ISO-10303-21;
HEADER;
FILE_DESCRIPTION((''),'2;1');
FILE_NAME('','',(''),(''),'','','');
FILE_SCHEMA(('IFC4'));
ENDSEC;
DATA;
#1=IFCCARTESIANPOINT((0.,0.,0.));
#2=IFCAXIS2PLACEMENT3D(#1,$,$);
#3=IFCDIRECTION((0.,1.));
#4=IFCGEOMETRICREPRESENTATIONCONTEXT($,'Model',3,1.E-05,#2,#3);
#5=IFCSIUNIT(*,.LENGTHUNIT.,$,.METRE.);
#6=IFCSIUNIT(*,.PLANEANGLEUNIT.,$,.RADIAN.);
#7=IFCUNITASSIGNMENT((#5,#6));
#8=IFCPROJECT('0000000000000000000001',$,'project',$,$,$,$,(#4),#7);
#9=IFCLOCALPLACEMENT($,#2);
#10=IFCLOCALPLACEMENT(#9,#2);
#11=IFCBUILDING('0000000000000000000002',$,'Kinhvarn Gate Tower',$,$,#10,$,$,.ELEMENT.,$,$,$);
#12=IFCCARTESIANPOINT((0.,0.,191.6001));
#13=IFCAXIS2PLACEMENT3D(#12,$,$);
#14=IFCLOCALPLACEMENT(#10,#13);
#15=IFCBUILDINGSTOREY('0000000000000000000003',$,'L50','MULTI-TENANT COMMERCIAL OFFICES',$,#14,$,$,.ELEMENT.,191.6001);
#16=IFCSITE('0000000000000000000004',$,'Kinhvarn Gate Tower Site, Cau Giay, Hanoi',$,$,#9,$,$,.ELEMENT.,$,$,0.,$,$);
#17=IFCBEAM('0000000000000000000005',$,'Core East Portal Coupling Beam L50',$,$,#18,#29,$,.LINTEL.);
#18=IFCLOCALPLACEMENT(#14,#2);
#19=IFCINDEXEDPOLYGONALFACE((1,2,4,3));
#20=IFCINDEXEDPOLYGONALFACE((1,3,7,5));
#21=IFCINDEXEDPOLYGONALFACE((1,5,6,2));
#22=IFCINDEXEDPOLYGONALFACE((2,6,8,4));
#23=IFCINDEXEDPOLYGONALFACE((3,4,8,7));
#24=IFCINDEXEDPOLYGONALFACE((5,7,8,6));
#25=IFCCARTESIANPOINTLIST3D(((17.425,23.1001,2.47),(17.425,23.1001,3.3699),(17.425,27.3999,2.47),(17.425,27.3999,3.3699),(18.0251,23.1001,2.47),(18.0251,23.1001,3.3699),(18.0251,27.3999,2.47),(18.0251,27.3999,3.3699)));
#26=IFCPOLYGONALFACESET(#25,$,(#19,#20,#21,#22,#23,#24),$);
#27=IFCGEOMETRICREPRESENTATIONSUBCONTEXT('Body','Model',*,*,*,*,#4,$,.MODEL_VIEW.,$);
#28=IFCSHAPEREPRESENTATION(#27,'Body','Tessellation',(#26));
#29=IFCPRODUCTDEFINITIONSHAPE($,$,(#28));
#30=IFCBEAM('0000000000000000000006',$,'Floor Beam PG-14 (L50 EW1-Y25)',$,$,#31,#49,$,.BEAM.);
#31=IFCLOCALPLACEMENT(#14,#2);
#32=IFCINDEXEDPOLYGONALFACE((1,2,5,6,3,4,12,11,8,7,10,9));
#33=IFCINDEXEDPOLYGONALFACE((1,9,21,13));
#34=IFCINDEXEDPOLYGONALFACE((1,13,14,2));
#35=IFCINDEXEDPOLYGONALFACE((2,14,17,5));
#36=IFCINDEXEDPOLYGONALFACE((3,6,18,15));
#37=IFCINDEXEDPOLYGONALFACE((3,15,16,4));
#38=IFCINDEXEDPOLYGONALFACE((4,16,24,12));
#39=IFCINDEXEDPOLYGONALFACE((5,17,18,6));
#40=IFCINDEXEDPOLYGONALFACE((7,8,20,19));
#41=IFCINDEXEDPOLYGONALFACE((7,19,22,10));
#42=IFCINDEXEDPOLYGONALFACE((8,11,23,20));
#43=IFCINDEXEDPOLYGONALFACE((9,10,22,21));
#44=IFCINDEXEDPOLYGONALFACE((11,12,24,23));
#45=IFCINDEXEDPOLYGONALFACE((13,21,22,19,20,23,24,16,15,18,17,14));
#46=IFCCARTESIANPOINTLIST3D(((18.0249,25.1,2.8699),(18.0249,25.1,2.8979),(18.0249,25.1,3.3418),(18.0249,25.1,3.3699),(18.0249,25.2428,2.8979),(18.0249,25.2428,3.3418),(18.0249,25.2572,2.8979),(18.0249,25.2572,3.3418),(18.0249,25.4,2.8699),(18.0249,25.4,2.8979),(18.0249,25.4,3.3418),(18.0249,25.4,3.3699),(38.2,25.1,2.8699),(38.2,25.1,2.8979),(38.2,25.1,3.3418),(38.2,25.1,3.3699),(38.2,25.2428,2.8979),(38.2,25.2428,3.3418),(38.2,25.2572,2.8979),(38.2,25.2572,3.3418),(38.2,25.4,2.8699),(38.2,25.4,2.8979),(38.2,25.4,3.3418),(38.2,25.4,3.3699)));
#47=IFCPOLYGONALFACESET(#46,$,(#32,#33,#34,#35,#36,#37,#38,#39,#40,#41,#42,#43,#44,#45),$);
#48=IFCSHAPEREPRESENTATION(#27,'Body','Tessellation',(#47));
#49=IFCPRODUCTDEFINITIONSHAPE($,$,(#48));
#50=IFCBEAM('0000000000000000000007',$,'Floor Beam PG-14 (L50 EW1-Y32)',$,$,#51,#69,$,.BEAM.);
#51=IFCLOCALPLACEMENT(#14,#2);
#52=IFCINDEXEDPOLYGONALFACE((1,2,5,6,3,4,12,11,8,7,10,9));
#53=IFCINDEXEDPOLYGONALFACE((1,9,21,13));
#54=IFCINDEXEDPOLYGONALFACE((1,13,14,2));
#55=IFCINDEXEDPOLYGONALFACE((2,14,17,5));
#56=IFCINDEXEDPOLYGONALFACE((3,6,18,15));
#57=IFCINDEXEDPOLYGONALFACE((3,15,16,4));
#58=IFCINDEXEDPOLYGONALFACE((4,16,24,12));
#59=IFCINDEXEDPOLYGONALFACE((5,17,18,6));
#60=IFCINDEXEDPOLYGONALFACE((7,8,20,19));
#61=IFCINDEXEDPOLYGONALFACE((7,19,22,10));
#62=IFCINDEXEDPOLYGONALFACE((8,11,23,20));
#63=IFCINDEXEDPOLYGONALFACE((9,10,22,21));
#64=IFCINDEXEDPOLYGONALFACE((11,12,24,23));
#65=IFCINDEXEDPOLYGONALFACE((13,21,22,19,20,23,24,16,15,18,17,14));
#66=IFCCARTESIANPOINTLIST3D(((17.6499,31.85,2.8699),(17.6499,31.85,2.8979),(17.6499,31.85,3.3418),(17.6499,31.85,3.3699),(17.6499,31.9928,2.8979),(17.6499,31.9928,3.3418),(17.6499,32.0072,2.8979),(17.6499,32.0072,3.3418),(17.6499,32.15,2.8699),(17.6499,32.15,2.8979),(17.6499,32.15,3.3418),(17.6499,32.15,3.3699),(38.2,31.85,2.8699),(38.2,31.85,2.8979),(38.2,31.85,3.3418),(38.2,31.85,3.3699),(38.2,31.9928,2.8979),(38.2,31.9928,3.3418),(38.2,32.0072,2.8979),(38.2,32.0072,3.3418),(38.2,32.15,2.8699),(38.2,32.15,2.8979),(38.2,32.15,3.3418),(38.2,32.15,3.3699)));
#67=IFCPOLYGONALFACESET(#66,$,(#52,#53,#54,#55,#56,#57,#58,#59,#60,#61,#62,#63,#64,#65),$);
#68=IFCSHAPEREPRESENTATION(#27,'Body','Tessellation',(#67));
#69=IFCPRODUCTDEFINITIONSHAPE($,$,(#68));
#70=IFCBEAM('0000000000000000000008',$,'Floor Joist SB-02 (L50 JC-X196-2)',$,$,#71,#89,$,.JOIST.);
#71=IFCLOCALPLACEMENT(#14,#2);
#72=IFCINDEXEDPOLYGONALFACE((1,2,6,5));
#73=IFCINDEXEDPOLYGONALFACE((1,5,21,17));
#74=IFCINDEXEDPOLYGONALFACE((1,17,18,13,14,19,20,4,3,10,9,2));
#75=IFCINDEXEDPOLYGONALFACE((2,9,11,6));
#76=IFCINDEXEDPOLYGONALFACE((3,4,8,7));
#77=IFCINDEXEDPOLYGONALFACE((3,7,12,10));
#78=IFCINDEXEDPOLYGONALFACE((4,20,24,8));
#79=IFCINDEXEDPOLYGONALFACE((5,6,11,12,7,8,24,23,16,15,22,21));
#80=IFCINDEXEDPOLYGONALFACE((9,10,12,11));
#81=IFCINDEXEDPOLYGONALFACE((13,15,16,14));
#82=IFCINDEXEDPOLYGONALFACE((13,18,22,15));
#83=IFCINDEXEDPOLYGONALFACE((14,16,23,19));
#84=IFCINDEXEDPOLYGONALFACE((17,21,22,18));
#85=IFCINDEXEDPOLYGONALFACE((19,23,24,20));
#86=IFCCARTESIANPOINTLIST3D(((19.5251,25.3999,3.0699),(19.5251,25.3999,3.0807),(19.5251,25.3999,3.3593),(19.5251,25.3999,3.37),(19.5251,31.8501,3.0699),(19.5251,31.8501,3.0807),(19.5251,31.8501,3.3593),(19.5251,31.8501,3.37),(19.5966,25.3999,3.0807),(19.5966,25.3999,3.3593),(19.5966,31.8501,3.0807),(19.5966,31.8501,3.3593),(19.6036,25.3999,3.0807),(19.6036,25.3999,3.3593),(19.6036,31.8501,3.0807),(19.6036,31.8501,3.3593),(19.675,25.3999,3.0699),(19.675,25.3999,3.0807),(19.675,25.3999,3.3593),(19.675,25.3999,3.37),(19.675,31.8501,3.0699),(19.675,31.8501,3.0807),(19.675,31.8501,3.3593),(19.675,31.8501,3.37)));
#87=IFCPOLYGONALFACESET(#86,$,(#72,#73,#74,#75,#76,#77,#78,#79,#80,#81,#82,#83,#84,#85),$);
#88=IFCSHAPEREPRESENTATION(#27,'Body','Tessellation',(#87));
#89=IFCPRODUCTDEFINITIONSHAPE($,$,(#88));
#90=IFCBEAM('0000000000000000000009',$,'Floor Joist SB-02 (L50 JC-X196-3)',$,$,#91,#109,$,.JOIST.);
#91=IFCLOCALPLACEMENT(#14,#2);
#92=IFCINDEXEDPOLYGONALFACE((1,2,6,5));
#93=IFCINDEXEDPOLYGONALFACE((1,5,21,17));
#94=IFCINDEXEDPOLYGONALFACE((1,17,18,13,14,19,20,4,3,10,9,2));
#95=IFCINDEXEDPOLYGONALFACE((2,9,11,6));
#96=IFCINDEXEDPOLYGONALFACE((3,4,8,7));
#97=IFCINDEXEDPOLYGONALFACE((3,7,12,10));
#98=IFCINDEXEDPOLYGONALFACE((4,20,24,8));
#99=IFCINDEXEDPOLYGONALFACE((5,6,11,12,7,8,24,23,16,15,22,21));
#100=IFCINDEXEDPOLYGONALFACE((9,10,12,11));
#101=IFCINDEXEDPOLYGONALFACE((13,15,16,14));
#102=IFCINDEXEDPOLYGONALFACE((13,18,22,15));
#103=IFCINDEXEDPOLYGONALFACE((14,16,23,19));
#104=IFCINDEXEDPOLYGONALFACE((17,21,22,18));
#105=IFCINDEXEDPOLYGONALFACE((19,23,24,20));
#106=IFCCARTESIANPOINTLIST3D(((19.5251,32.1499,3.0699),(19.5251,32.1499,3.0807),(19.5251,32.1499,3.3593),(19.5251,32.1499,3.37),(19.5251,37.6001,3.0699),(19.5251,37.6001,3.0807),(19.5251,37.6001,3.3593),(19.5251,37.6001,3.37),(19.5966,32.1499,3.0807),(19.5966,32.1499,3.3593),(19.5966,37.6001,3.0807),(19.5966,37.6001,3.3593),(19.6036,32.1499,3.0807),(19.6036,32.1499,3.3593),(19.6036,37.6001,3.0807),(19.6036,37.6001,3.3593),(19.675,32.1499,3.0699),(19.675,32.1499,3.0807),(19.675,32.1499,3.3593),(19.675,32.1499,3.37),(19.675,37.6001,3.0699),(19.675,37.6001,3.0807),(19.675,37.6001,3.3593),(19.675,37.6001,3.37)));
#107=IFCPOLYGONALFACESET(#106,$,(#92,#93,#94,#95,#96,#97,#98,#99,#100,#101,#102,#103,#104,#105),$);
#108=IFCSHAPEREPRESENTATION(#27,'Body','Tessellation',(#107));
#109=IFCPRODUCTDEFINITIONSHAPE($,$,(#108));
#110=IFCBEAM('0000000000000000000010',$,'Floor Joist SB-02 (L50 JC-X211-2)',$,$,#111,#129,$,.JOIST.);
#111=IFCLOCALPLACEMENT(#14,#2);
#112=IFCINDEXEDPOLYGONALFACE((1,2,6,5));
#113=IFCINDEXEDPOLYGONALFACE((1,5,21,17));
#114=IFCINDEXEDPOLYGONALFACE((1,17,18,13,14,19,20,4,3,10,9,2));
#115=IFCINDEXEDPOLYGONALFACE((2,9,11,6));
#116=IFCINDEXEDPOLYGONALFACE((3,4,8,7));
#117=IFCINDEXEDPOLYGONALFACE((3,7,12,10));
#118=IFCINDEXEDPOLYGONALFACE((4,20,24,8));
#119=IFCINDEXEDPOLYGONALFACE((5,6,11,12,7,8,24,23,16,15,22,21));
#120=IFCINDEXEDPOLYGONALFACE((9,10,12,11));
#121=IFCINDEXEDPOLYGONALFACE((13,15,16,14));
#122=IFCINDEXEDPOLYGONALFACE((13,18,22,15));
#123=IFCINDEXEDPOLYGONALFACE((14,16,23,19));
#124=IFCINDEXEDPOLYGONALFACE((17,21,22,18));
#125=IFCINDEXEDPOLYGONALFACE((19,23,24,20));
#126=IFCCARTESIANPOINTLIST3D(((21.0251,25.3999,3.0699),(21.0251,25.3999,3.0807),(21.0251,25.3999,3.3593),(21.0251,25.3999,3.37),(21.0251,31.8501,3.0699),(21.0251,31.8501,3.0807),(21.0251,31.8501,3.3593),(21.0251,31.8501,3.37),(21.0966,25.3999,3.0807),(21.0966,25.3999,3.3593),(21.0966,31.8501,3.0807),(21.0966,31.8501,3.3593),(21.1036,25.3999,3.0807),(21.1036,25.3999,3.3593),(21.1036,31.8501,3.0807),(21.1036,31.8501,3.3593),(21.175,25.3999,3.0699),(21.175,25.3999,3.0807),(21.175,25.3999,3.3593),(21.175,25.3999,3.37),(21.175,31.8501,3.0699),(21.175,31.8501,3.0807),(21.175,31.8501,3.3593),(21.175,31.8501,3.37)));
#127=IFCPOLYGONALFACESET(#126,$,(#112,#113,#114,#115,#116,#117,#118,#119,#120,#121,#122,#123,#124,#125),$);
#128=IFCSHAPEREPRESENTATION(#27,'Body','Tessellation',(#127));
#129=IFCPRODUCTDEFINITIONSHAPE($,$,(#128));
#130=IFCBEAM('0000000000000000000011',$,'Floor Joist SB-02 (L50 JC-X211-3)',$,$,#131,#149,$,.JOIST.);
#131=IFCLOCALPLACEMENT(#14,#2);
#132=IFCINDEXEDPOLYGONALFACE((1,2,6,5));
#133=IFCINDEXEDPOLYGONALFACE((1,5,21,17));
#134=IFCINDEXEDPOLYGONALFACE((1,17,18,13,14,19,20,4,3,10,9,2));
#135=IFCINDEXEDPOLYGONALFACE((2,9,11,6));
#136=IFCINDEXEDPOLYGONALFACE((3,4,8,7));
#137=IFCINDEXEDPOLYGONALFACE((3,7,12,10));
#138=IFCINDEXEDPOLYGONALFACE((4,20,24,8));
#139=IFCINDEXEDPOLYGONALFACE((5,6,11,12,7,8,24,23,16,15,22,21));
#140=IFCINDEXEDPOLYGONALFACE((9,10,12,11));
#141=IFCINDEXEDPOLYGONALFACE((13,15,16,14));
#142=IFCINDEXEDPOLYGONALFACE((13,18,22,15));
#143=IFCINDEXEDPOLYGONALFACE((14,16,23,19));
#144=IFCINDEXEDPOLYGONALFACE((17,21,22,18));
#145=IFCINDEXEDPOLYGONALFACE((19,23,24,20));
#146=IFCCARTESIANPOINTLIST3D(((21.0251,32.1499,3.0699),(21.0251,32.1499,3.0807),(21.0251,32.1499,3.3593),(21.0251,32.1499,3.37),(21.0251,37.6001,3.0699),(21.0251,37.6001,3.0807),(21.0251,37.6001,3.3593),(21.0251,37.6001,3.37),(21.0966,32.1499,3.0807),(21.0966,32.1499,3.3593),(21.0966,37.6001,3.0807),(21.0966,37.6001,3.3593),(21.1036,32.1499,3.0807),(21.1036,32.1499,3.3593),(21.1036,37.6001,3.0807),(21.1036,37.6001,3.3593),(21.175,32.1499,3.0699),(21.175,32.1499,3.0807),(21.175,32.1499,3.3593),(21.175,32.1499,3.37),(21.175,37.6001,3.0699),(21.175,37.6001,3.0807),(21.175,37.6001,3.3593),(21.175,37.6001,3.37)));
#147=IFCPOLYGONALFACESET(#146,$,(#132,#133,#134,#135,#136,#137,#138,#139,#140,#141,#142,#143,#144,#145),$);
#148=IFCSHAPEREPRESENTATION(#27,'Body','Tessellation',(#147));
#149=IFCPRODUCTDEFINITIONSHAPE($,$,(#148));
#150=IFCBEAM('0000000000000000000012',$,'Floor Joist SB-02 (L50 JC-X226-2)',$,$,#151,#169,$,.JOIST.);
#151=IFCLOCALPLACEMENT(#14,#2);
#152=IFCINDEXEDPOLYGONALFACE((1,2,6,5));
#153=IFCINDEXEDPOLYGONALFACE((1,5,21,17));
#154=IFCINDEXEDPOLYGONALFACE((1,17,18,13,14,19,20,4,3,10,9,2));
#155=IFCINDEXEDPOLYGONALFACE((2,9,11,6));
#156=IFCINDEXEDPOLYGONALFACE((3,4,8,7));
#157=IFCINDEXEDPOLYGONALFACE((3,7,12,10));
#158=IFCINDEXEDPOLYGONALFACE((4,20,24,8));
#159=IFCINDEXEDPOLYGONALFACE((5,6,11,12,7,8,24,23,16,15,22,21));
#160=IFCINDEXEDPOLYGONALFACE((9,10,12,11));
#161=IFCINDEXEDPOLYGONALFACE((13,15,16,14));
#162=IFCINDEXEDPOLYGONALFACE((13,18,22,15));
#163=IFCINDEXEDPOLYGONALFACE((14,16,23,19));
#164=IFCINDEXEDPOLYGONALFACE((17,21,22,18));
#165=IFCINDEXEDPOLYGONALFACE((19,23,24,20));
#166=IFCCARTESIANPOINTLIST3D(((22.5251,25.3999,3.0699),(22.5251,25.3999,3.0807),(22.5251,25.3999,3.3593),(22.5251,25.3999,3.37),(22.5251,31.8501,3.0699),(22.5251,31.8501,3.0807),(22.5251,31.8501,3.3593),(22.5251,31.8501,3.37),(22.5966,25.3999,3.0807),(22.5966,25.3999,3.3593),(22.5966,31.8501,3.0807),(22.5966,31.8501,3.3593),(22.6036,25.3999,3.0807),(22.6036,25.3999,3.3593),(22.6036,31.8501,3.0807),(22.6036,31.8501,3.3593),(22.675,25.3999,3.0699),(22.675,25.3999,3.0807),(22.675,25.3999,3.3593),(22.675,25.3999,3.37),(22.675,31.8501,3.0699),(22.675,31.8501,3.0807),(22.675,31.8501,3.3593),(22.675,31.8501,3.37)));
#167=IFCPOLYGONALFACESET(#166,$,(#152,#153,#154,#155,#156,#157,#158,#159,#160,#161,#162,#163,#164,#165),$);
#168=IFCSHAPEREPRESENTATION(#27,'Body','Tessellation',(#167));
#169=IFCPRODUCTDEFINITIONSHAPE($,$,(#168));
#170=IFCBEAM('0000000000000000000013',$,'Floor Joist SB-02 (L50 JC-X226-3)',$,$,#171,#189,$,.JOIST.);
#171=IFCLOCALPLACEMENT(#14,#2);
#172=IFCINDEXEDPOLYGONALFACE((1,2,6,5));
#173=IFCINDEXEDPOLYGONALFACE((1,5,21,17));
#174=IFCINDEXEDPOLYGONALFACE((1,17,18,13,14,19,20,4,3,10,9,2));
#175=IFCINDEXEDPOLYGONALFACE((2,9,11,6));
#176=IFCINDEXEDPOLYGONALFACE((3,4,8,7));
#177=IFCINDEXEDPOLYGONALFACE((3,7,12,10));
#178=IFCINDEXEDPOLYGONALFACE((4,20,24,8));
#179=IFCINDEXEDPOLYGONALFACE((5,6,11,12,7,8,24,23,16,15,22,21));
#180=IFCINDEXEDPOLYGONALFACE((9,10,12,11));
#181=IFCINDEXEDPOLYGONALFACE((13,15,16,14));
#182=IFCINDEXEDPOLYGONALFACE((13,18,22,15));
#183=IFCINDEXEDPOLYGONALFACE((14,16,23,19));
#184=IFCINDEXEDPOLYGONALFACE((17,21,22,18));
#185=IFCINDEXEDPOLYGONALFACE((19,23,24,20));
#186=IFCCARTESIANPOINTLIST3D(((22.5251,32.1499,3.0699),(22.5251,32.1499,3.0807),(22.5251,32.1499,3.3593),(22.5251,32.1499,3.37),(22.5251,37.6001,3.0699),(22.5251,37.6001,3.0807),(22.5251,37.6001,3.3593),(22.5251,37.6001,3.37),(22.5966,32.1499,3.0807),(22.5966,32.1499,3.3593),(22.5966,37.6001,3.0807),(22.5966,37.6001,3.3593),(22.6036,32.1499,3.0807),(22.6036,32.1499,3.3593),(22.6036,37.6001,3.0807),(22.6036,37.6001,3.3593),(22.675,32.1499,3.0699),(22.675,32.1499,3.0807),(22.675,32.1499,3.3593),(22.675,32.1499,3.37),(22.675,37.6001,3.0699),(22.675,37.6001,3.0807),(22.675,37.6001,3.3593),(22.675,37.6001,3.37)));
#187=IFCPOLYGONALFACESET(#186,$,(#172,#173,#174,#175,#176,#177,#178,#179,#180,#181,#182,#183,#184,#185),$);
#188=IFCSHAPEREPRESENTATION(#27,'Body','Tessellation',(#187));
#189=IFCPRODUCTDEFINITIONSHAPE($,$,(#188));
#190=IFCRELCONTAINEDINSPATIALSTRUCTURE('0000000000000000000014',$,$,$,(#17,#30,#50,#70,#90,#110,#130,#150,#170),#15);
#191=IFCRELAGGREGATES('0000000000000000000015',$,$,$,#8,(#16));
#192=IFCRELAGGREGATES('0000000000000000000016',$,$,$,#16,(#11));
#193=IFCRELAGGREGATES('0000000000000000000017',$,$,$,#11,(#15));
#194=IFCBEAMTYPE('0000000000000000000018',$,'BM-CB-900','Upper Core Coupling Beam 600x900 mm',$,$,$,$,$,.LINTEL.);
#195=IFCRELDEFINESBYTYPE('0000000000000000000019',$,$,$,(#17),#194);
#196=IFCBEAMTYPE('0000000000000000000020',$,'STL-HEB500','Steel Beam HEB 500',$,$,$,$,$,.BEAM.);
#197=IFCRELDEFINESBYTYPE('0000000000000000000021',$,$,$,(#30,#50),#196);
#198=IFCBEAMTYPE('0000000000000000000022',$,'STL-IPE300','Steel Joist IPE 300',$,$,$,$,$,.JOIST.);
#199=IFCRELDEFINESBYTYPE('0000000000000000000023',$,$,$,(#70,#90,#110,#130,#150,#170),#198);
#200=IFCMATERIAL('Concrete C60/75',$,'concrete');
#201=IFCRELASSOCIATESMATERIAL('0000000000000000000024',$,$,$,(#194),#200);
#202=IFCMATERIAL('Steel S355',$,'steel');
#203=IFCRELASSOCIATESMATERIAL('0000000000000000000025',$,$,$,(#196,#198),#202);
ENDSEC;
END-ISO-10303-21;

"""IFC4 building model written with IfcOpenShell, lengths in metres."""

from ifc_helpers import new_model, si_unit, direction, frame, origin, origin_2d, place, context, subcontext, project, spatial, rectangle, i_section, extrude, material, material_profile, profile_set, type_object, element, save


model = new_model("IFC4")

# Units and contexts
model_context = context("Model", 3, precision=1e-05, world=origin(), true_north=direction((0.0, 1.0)))
body_context = subcontext(model_context, "Body", "Model", "MODEL_VIEW")
ifc_project = project(units=[si_unit("LENGTHUNIT", "METRE"), si_unit("PLANEANGLEUNIT", "RADIAN")], contexts=[model_context])

# Site, building, storey
site_placement = place(None, origin())
site = spatial("IfcSite", under=ifc_project, at=site_placement, Name="Kinhvarn Gate Tower Site, Cau Giay, Hanoi", CompositionType="ELEMENT", RefElevation=0.0)
building_placement = place(site_placement, origin())
building = spatial("IfcBuilding", under=site, at=building_placement, Name="Kinhvarn Gate Tower", CompositionType="ELEMENT")
storey_placement = place(building_placement, frame((0.0, 0.0, 191.6001)))
storey = spatial("IfcBuildingStorey", under=building, at=storey_placement, Name="L50", Description="MULTI-TENANT COMMERCIAL OFFICES", CompositionType="ELEMENT", Elevation=191.6001)

# Beams
ifc_material_1 = material(Name="Concrete C60/75", Category="concrete")
ifc_material_profile_1 = material_profile(ifc_material_1, rectangle(XDim=0.6001, YDim=0.8999, at=origin_2d()), Name="RC 600x900")
ifc_profile_set_1 = profile_set([ifc_material_profile_1], Name="Concrete C60/75")
beam_type_1 = type_object("IfcBeamType", Name="BM-CB-900", Description="Upper Core Coupling Beam 600x900 mm", PredefinedType="LINTEL", material=ifc_profile_set_1)
beam_1_placement = place(storey_placement, frame((17.7251, 23.1001, 2.9199), z_axis=(0.0, 1.0, 0.0), x_axis=(-1.0, 0.0, 0.0)))
element("IfcBeam", 1, at=beam_1_placement, inside=storey, type_object=beam_type_1, Name="Core East Portal Coupling Beam L50", PredefinedType="LINTEL", context=body_context, shape_type="SweptSolid", body=[
    extrude(rectangle(XDim=0.6001, YDim=0.8999, at=origin_2d()), origin(), (0.0, 0.0, 1.0), 4.2998),
])
ifc_material_2 = material(Name="Steel S355", Category="steel")
ifc_material_profile_2 = material_profile(ifc_material_2, i_section(OverallWidth=0.3, OverallDepth=0.5, WebThickness=0.0144, FlangeThickness=0.0281, at=origin_2d()), Name="HEB 500")
ifc_profile_set_2 = profile_set([ifc_material_profile_2], Name="Steel S355")
beam_type_2 = type_object("IfcBeamType", Name="STL-HEB500", Description="Steel Beam HEB 500", PredefinedType="BEAM", material=ifc_profile_set_2)
beam_2_placement = place(storey_placement, frame((18.0249, 25.25, 3.1199), z_axis=(1.0, 0.0, 0.0), x_axis=(0.0, 1.0, 0.0)))
element("IfcBeam", 2, at=beam_2_placement, inside=storey, type_object=beam_type_2, Name="Floor Beam PG-14 (L50 EW1-Y25)", PredefinedType="BEAM", context=body_context, shape_type="SweptSolid", body=[
    extrude(i_section(OverallWidth=0.3, OverallDepth=0.5, WebThickness=0.0144, FlangeThickness=0.0281, at=origin_2d()), origin(), (0.0, 0.0, 1.0), 20.175),
])
beam_3_placement = place(storey_placement, frame((17.6499, 32.0, 3.1199), z_axis=(1.0, 0.0, 0.0), x_axis=(0.0, 1.0, 0.0)))
element("IfcBeam", 3, at=beam_3_placement, inside=storey, type_object=beam_type_2, Name="Floor Beam PG-14 (L50 EW1-Y32)", PredefinedType="BEAM", context=body_context, shape_type="SweptSolid", body=[
    extrude(i_section(OverallWidth=0.3, OverallDepth=0.5, WebThickness=0.0144, FlangeThickness=0.0281, at=origin_2d()), origin(), (0.0, 0.0, 1.0), 20.55),
])
ifc_material_profile_3 = material_profile(ifc_material_2, i_section(OverallWidth=0.1499, OverallDepth=0.3, WebThickness=0.0071, FlangeThickness=0.0107, at=origin_2d()), Name="IPE 300")
ifc_profile_set_3 = profile_set([ifc_material_profile_3], Name="Steel S355")
beam_type_3 = type_object("IfcBeamType", Name="STL-IPE300", Description="Steel Joist IPE 300", PredefinedType="JOIST", material=ifc_profile_set_3)
beam_4_placement = place(storey_placement, frame((19.6001, 25.3999, 3.22), z_axis=(0.0, 1.0, 0.0), x_axis=(-1.0, 0.0, 0.0)))
element("IfcBeam", 4, at=beam_4_placement, inside=storey, type_object=beam_type_3, Name="Floor Joist SB-02 (L50 JC-X196-2)", PredefinedType="JOIST", context=body_context, shape_type="SweptSolid", body=[
    extrude(i_section(OverallWidth=0.1499, OverallDepth=0.3, WebThickness=0.0071, FlangeThickness=0.0107, at=origin_2d()), origin(), (0.0, 0.0, 1.0), 6.4502),
])
beam_5_placement = place(storey_placement, frame((19.6001, 32.1499, 3.22), z_axis=(0.0, 1.0, 0.0), x_axis=(-1.0, 0.0, 0.0)))
element("IfcBeam", 5, at=beam_5_placement, inside=storey, type_object=beam_type_3, Name="Floor Joist SB-02 (L50 JC-X196-3)", PredefinedType="JOIST", context=body_context, shape_type="SweptSolid", body=[
    extrude(i_section(OverallWidth=0.1499, OverallDepth=0.3, WebThickness=0.0071, FlangeThickness=0.0107, at=origin_2d()), origin(), (0.0, 0.0, 1.0), 5.4502),
])
beam_6_placement = place(storey_placement, frame((21.1001, 25.3999, 3.22), z_axis=(0.0, 1.0, 0.0), x_axis=(-1.0, 0.0, 0.0)))
element("IfcBeam", 6, at=beam_6_placement, inside=storey, type_object=beam_type_3, Name="Floor Joist SB-02 (L50 JC-X211-2)", PredefinedType="JOIST", context=body_context, shape_type="SweptSolid", body=[
    extrude(i_section(OverallWidth=0.1499, OverallDepth=0.3, WebThickness=0.0071, FlangeThickness=0.0107, at=origin_2d()), origin(), (0.0, 0.0, 1.0), 6.4502),
])
beam_7_placement = place(storey_placement, frame((21.1001, 32.1499, 3.22), z_axis=(0.0, 1.0, 0.0), x_axis=(-1.0, 0.0, 0.0)))
element("IfcBeam", 7, at=beam_7_placement, inside=storey, type_object=beam_type_3, Name="Floor Joist SB-02 (L50 JC-X211-3)", PredefinedType="JOIST", context=body_context, shape_type="SweptSolid", body=[
    extrude(i_section(OverallWidth=0.1499, OverallDepth=0.3, WebThickness=0.0071, FlangeThickness=0.0107, at=origin_2d()), origin(), (0.0, 0.0, 1.0), 5.4502),
])
beam_8_placement = place(storey_placement, frame((22.6001, 25.3999, 3.22), z_axis=(0.0, 1.0, 0.0), x_axis=(-1.0, 0.0, 0.0)))
element("IfcBeam", 8, at=beam_8_placement, inside=storey, type_object=beam_type_3, Name="Floor Joist SB-02 (L50 JC-X226-2)", PredefinedType="JOIST", context=body_context, shape_type="SweptSolid", body=[
    extrude(i_section(OverallWidth=0.1499, OverallDepth=0.3, WebThickness=0.0071, FlangeThickness=0.0107, at=origin_2d()), origin(), (0.0, 0.0, 1.0), 6.4502),
])
beam_9_placement = place(storey_placement, frame((22.6001, 32.1499, 3.22), z_axis=(0.0, 1.0, 0.0), x_axis=(-1.0, 0.0, 0.0)))
element("IfcBeam", 9, at=beam_9_placement, inside=storey, type_object=beam_type_3, Name="Floor Joist SB-02 (L50 JC-X226-3)", PredefinedType="JOIST", context=body_context, shape_type="SweptSolid", body=[
    extrude(i_section(OverallWidth=0.1499, OverallDepth=0.3, WebThickness=0.0071, FlangeThickness=0.0107, at=origin_2d()), origin(), (0.0, 0.0, 1.0), 5.4502),
])

save(model, "model.ifc")
